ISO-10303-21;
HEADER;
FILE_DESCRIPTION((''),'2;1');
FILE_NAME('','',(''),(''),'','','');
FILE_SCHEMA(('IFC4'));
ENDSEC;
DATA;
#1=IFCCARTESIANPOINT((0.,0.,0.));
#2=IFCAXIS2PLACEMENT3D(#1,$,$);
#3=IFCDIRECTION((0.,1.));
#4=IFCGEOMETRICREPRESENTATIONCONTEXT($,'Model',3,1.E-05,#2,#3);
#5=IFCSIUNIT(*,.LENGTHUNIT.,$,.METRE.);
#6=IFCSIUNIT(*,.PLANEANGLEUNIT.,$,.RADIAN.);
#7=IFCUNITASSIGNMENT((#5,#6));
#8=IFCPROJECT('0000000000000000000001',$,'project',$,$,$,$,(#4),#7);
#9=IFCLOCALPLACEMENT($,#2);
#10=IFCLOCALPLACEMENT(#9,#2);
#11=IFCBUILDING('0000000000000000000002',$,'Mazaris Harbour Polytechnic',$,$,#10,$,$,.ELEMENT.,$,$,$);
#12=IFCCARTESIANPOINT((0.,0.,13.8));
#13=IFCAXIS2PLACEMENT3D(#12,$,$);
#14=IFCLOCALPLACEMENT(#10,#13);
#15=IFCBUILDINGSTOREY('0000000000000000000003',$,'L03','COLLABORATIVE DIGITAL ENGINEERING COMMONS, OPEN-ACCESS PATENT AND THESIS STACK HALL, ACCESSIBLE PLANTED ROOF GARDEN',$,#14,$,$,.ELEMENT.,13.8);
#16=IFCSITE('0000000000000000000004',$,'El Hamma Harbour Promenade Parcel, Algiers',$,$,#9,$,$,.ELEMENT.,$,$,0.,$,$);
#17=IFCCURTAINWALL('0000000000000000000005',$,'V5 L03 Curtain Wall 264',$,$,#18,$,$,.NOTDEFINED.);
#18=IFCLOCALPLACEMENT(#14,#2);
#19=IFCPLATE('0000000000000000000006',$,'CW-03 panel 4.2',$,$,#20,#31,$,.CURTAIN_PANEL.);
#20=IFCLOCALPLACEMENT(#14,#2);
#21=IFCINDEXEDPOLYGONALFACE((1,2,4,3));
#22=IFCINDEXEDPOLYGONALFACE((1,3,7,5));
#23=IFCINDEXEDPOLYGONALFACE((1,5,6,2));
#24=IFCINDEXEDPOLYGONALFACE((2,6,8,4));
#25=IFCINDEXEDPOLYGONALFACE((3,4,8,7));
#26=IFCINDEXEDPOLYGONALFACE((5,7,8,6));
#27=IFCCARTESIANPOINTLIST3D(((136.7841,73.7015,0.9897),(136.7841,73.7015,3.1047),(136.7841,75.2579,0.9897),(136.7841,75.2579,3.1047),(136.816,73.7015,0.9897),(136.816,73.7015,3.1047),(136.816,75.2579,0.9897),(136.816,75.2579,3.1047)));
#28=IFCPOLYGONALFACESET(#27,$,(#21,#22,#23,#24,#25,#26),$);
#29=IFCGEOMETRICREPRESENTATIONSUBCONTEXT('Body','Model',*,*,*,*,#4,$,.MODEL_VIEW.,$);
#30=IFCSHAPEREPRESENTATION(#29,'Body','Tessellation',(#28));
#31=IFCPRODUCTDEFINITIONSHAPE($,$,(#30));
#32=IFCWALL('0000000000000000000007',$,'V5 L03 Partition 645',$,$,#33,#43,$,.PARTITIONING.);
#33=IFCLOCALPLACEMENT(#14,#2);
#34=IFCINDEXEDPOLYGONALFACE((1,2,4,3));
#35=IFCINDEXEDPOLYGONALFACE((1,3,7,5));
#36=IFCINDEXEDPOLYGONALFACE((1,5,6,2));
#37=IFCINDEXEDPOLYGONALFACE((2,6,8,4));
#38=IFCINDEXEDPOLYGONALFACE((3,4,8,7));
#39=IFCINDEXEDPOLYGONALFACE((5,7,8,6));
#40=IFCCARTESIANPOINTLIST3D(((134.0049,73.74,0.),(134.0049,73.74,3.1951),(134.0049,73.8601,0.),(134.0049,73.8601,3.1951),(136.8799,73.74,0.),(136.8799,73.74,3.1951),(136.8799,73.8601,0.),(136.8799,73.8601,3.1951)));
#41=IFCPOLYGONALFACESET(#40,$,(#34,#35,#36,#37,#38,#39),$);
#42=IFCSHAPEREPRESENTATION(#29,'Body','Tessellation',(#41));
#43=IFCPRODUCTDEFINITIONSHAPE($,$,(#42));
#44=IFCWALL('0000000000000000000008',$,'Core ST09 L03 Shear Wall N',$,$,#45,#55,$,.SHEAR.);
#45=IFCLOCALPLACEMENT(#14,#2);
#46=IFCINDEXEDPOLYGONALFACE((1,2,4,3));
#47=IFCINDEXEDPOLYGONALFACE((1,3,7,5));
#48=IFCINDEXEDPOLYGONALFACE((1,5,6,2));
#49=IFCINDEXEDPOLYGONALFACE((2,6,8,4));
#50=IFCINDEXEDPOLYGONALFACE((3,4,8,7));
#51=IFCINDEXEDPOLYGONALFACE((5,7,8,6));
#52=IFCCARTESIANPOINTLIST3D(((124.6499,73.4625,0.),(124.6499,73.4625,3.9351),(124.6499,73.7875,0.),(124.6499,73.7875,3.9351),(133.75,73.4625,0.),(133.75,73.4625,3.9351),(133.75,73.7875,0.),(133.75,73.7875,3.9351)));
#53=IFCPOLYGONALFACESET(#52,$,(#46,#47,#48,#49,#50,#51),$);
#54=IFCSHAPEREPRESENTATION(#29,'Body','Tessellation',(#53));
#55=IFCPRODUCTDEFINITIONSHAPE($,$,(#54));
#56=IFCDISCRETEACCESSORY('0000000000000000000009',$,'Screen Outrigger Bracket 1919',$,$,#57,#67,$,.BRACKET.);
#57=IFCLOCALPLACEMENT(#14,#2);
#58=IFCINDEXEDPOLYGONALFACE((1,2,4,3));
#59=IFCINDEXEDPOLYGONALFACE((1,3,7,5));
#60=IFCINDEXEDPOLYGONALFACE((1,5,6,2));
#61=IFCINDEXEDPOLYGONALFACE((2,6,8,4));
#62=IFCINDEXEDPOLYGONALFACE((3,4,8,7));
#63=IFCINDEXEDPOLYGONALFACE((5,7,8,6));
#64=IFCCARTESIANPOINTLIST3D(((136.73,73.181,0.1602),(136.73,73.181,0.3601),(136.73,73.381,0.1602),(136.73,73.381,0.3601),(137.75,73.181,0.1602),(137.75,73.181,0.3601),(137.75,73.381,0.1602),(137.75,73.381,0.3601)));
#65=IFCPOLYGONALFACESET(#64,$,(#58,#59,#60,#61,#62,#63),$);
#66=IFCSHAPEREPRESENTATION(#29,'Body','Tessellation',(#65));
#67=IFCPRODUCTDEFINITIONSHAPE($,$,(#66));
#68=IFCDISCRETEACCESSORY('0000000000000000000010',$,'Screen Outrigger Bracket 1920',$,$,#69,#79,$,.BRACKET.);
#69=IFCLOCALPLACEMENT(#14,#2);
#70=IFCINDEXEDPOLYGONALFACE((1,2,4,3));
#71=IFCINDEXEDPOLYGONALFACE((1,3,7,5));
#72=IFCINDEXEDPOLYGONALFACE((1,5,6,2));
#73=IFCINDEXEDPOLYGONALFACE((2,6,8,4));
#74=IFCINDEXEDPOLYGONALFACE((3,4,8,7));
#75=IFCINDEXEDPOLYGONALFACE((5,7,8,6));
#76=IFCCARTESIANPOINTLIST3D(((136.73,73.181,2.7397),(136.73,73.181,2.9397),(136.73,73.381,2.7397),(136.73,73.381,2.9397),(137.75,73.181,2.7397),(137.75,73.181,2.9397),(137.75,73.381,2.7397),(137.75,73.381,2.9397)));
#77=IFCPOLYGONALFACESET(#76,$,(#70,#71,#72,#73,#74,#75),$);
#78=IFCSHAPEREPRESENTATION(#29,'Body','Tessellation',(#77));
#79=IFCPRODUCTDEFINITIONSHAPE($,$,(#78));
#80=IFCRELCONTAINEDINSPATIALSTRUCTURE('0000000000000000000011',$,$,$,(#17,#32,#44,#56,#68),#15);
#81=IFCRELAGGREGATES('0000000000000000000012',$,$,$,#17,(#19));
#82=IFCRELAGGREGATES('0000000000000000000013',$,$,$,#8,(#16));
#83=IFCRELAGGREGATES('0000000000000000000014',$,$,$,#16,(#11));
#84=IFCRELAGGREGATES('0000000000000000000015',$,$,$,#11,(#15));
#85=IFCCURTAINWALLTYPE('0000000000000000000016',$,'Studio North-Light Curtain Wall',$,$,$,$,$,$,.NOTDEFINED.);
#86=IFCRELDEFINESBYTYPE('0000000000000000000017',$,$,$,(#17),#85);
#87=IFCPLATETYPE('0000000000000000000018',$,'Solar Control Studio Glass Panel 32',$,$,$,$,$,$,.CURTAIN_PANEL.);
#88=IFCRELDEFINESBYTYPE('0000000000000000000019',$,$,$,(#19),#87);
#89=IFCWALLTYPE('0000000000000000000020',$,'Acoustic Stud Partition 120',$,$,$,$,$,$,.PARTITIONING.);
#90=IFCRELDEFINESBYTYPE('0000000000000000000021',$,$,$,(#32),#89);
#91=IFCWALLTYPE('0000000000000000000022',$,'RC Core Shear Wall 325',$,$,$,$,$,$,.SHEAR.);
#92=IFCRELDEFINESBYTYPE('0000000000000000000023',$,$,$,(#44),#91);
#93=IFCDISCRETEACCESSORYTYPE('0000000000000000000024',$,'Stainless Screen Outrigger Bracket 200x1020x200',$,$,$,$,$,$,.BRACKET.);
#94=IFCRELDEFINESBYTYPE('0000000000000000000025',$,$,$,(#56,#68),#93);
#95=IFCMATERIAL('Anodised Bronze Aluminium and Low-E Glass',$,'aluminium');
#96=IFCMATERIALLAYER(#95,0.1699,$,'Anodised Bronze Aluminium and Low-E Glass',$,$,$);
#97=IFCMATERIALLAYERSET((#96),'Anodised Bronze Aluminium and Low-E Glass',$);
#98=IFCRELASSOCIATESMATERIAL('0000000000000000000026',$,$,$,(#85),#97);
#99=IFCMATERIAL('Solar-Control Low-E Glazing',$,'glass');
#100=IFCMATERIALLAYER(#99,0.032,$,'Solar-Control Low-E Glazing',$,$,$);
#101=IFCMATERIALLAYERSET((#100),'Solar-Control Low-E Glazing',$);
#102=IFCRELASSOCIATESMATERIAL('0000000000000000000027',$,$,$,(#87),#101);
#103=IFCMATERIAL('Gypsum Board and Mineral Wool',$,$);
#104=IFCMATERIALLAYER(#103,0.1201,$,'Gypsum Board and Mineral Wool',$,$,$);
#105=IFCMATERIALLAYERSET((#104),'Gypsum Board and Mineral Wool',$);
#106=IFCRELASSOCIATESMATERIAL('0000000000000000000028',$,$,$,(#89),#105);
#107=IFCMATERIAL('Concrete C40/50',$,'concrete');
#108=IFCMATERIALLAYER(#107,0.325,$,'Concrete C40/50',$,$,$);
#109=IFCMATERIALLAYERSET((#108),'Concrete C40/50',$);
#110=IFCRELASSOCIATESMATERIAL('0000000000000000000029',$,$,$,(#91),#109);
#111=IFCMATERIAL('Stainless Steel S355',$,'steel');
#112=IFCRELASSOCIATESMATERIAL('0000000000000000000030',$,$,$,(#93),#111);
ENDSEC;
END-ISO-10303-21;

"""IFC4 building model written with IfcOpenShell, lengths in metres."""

from ifc_helpers import new_model, si_unit, direction, frame, frame_2d, origin, origin_2d, place, context, subcontext, project, spatial, rectangle, extrude, material, layer, layer_set, type_object, element, aggregate, save


model = new_model("IFC4")

# Units and contexts
model_context = context("Model", 3, precision=1e-05, world=origin(), true_north=direction((0.0, 1.0)))
body_context = subcontext(model_context, "Body", "Model", "MODEL_VIEW")
ifc_project = project(units=[si_unit("LENGTHUNIT", "METRE"), si_unit("PLANEANGLEUNIT", "RADIAN")], contexts=[model_context])

# Site, building, storey
site_placement = place(None, origin())
site = spatial("IfcSite", under=ifc_project, at=site_placement, Name="El Hamma Harbour Promenade Parcel, Algiers", CompositionType="ELEMENT", RefElevation=0.0)
building_placement = place(site_placement, origin())
building = spatial("IfcBuilding", under=site, at=building_placement, Name="Mazaris Harbour Polytechnic", CompositionType="ELEMENT")
storey_placement = place(building_placement, frame((0.0, 0.0, 13.8)))
storey = spatial("IfcBuildingStorey", under=building, at=storey_placement, Name="L03", Description="COLLABORATIVE DIGITAL ENGINEERING COMMONS, OPEN-ACCESS PATENT AND THESIS STACK HALL, ACCESSIBLE PLANTED ROOF GARDEN", CompositionType="ELEMENT", Elevation=13.8)

# Curtain wall
ifc_material_1 = material(Name="Anodised Bronze Aluminium and Low-E Glass", Category="aluminium")
ifc_layer_1 = layer(ifc_material_1, 0.1699, Name="Anodised Bronze Aluminium and Low-E Glass")
ifc_layer_set_1 = layer_set([ifc_layer_1], Name="Anodised Bronze Aluminium and Low-E Glass")
curtain_wall_type = type_object("IfcCurtainWallType", Name="Studio North-Light Curtain Wall", PredefinedType="NOTDEFINED", material=ifc_layer_set_1)
curtain_wall_1_placement = place(storey_placement, origin())
curtain_wall_1 = element("IfcCurtainWall", 1, at=curtain_wall_1_placement, inside=storey, type_object=curtain_wall_type, Name="V5 L03 Curtain Wall 264", PredefinedType="NOTDEFINED")

# Plate
ifc_material_2 = material(Name="Solar-Control Low-E Glazing", Category="glass")
ifc_layer_2 = layer(ifc_material_2, 0.032, Name="Solar-Control Low-E Glazing")
ifc_layer_set_2 = layer_set([ifc_layer_2], Name="Solar-Control Low-E Glazing")
plate_type = type_object("IfcPlateType", Name="Solar Control Studio Glass Panel 32", PredefinedType="CURTAIN_PANEL", material=ifc_layer_set_2)
plate_1_placement = place(storey_placement, frame((136.8, 74.4797, 0.9897), z_axis=(0.0, 0.0, 1.0), x_axis=(0.0, 1.0, 0.0)))
plate_1 = element("IfcPlate", 2, at=plate_1_placement, type_object=plate_type, Name="CW-03 panel 4.2", PredefinedType="CURTAIN_PANEL", context=body_context, shape_type="SweptSolid", body=[
    extrude(rectangle(XDim=1.5564, YDim=0.032, at=origin_2d()), origin(), (0.0, 0.0, 1.0), 2.115),
])
aggregate(curtain_wall_1, [plate_1])

# Walls
ifc_material_3 = material(Name="Gypsum Board and Mineral Wool")
ifc_layer_3 = layer(ifc_material_3, 0.1201, Name="Gypsum Board and Mineral Wool")
ifc_layer_set_3 = layer_set([ifc_layer_3], Name="Gypsum Board and Mineral Wool")
wall_type_1 = type_object("IfcWallType", Name="Acoustic Stud Partition 120", PredefinedType="PARTITIONING", material=ifc_layer_set_3)
wall_1_placement = place(storey_placement, frame((134.0049, 73.8, 0.0), z_axis=(0.0, 0.0, 1.0), x_axis=(1.0, 0.0, 0.0)))
element("IfcWall", 3, at=wall_1_placement, inside=storey, type_object=wall_type_1, Name="V5 L03 Partition 645", PredefinedType="PARTITIONING", context=body_context, shape_type="SweptSolid", body=[
    extrude(rectangle(XDim=2.875, YDim=0.1201, at=frame_2d((1.4375, 0.0))), origin(), (0.0, 0.0, 1.0), 3.1951),
])
ifc_material_4 = material(Name="Concrete C40/50", Category="concrete")
ifc_layer_4 = layer(ifc_material_4, 0.325, Name="Concrete C40/50")
ifc_layer_set_4 = layer_set([ifc_layer_4], Name="Concrete C40/50")
wall_type_2 = type_object("IfcWallType", Name="RC Core Shear Wall 325", PredefinedType="SHEAR", material=ifc_layer_set_4)
wall_2_placement = place(storey_placement, frame((133.75, 73.625, 0.0), z_axis=(0.0, 0.0, 1.0), x_axis=(-1.0, 0.0, 0.0)))
element("IfcWall", 4, at=wall_2_placement, inside=storey, type_object=wall_type_2, Name="Core ST09 L03 Shear Wall N", PredefinedType="SHEAR", context=body_context, shape_type="SweptSolid", body=[
    extrude(rectangle(XDim=9.1001, YDim=0.325, at=frame_2d((4.55, 0.0))), origin(), (0.0, 0.0, 1.0), 3.9351),
])

# Discrete accessories
ifc_material_5 = material(Name="Stainless Steel S355", Category="steel")
discrete_accessory_type = type_object("IfcDiscreteAccessoryType", Name="Stainless Screen Outrigger Bracket 200x1020x200", PredefinedType="BRACKET", material=ifc_material_5)
for number, where, z_axis, x_axis, name in (
    (5, (137.24, 73.281, 0.1602), (0.0, 0.0, 1.0), (0.0, 1.0, 0.0), "Screen Outrigger Bracket 1919"),
    (6, (137.24, 73.281, 2.7397), (0.0, 0.0, 1.0), (0.0, 1.0, 0.0), "Screen Outrigger Bracket 1920"),
):
    element("IfcDiscreteAccessory", number, at=place(storey_placement, frame(where, z_axis=z_axis, x_axis=x_axis)), inside=storey, type_object=discrete_accessory_type, Name=name, PredefinedType="BRACKET", context=body_context, shape_type="SweptSolid", body=[
        extrude(rectangle(XDim=0.2, YDim=1.02, at=origin_2d()), origin(), (0.0, 0.0, 1.0), 0.2),
    ])

save(model, "model.ifc")
